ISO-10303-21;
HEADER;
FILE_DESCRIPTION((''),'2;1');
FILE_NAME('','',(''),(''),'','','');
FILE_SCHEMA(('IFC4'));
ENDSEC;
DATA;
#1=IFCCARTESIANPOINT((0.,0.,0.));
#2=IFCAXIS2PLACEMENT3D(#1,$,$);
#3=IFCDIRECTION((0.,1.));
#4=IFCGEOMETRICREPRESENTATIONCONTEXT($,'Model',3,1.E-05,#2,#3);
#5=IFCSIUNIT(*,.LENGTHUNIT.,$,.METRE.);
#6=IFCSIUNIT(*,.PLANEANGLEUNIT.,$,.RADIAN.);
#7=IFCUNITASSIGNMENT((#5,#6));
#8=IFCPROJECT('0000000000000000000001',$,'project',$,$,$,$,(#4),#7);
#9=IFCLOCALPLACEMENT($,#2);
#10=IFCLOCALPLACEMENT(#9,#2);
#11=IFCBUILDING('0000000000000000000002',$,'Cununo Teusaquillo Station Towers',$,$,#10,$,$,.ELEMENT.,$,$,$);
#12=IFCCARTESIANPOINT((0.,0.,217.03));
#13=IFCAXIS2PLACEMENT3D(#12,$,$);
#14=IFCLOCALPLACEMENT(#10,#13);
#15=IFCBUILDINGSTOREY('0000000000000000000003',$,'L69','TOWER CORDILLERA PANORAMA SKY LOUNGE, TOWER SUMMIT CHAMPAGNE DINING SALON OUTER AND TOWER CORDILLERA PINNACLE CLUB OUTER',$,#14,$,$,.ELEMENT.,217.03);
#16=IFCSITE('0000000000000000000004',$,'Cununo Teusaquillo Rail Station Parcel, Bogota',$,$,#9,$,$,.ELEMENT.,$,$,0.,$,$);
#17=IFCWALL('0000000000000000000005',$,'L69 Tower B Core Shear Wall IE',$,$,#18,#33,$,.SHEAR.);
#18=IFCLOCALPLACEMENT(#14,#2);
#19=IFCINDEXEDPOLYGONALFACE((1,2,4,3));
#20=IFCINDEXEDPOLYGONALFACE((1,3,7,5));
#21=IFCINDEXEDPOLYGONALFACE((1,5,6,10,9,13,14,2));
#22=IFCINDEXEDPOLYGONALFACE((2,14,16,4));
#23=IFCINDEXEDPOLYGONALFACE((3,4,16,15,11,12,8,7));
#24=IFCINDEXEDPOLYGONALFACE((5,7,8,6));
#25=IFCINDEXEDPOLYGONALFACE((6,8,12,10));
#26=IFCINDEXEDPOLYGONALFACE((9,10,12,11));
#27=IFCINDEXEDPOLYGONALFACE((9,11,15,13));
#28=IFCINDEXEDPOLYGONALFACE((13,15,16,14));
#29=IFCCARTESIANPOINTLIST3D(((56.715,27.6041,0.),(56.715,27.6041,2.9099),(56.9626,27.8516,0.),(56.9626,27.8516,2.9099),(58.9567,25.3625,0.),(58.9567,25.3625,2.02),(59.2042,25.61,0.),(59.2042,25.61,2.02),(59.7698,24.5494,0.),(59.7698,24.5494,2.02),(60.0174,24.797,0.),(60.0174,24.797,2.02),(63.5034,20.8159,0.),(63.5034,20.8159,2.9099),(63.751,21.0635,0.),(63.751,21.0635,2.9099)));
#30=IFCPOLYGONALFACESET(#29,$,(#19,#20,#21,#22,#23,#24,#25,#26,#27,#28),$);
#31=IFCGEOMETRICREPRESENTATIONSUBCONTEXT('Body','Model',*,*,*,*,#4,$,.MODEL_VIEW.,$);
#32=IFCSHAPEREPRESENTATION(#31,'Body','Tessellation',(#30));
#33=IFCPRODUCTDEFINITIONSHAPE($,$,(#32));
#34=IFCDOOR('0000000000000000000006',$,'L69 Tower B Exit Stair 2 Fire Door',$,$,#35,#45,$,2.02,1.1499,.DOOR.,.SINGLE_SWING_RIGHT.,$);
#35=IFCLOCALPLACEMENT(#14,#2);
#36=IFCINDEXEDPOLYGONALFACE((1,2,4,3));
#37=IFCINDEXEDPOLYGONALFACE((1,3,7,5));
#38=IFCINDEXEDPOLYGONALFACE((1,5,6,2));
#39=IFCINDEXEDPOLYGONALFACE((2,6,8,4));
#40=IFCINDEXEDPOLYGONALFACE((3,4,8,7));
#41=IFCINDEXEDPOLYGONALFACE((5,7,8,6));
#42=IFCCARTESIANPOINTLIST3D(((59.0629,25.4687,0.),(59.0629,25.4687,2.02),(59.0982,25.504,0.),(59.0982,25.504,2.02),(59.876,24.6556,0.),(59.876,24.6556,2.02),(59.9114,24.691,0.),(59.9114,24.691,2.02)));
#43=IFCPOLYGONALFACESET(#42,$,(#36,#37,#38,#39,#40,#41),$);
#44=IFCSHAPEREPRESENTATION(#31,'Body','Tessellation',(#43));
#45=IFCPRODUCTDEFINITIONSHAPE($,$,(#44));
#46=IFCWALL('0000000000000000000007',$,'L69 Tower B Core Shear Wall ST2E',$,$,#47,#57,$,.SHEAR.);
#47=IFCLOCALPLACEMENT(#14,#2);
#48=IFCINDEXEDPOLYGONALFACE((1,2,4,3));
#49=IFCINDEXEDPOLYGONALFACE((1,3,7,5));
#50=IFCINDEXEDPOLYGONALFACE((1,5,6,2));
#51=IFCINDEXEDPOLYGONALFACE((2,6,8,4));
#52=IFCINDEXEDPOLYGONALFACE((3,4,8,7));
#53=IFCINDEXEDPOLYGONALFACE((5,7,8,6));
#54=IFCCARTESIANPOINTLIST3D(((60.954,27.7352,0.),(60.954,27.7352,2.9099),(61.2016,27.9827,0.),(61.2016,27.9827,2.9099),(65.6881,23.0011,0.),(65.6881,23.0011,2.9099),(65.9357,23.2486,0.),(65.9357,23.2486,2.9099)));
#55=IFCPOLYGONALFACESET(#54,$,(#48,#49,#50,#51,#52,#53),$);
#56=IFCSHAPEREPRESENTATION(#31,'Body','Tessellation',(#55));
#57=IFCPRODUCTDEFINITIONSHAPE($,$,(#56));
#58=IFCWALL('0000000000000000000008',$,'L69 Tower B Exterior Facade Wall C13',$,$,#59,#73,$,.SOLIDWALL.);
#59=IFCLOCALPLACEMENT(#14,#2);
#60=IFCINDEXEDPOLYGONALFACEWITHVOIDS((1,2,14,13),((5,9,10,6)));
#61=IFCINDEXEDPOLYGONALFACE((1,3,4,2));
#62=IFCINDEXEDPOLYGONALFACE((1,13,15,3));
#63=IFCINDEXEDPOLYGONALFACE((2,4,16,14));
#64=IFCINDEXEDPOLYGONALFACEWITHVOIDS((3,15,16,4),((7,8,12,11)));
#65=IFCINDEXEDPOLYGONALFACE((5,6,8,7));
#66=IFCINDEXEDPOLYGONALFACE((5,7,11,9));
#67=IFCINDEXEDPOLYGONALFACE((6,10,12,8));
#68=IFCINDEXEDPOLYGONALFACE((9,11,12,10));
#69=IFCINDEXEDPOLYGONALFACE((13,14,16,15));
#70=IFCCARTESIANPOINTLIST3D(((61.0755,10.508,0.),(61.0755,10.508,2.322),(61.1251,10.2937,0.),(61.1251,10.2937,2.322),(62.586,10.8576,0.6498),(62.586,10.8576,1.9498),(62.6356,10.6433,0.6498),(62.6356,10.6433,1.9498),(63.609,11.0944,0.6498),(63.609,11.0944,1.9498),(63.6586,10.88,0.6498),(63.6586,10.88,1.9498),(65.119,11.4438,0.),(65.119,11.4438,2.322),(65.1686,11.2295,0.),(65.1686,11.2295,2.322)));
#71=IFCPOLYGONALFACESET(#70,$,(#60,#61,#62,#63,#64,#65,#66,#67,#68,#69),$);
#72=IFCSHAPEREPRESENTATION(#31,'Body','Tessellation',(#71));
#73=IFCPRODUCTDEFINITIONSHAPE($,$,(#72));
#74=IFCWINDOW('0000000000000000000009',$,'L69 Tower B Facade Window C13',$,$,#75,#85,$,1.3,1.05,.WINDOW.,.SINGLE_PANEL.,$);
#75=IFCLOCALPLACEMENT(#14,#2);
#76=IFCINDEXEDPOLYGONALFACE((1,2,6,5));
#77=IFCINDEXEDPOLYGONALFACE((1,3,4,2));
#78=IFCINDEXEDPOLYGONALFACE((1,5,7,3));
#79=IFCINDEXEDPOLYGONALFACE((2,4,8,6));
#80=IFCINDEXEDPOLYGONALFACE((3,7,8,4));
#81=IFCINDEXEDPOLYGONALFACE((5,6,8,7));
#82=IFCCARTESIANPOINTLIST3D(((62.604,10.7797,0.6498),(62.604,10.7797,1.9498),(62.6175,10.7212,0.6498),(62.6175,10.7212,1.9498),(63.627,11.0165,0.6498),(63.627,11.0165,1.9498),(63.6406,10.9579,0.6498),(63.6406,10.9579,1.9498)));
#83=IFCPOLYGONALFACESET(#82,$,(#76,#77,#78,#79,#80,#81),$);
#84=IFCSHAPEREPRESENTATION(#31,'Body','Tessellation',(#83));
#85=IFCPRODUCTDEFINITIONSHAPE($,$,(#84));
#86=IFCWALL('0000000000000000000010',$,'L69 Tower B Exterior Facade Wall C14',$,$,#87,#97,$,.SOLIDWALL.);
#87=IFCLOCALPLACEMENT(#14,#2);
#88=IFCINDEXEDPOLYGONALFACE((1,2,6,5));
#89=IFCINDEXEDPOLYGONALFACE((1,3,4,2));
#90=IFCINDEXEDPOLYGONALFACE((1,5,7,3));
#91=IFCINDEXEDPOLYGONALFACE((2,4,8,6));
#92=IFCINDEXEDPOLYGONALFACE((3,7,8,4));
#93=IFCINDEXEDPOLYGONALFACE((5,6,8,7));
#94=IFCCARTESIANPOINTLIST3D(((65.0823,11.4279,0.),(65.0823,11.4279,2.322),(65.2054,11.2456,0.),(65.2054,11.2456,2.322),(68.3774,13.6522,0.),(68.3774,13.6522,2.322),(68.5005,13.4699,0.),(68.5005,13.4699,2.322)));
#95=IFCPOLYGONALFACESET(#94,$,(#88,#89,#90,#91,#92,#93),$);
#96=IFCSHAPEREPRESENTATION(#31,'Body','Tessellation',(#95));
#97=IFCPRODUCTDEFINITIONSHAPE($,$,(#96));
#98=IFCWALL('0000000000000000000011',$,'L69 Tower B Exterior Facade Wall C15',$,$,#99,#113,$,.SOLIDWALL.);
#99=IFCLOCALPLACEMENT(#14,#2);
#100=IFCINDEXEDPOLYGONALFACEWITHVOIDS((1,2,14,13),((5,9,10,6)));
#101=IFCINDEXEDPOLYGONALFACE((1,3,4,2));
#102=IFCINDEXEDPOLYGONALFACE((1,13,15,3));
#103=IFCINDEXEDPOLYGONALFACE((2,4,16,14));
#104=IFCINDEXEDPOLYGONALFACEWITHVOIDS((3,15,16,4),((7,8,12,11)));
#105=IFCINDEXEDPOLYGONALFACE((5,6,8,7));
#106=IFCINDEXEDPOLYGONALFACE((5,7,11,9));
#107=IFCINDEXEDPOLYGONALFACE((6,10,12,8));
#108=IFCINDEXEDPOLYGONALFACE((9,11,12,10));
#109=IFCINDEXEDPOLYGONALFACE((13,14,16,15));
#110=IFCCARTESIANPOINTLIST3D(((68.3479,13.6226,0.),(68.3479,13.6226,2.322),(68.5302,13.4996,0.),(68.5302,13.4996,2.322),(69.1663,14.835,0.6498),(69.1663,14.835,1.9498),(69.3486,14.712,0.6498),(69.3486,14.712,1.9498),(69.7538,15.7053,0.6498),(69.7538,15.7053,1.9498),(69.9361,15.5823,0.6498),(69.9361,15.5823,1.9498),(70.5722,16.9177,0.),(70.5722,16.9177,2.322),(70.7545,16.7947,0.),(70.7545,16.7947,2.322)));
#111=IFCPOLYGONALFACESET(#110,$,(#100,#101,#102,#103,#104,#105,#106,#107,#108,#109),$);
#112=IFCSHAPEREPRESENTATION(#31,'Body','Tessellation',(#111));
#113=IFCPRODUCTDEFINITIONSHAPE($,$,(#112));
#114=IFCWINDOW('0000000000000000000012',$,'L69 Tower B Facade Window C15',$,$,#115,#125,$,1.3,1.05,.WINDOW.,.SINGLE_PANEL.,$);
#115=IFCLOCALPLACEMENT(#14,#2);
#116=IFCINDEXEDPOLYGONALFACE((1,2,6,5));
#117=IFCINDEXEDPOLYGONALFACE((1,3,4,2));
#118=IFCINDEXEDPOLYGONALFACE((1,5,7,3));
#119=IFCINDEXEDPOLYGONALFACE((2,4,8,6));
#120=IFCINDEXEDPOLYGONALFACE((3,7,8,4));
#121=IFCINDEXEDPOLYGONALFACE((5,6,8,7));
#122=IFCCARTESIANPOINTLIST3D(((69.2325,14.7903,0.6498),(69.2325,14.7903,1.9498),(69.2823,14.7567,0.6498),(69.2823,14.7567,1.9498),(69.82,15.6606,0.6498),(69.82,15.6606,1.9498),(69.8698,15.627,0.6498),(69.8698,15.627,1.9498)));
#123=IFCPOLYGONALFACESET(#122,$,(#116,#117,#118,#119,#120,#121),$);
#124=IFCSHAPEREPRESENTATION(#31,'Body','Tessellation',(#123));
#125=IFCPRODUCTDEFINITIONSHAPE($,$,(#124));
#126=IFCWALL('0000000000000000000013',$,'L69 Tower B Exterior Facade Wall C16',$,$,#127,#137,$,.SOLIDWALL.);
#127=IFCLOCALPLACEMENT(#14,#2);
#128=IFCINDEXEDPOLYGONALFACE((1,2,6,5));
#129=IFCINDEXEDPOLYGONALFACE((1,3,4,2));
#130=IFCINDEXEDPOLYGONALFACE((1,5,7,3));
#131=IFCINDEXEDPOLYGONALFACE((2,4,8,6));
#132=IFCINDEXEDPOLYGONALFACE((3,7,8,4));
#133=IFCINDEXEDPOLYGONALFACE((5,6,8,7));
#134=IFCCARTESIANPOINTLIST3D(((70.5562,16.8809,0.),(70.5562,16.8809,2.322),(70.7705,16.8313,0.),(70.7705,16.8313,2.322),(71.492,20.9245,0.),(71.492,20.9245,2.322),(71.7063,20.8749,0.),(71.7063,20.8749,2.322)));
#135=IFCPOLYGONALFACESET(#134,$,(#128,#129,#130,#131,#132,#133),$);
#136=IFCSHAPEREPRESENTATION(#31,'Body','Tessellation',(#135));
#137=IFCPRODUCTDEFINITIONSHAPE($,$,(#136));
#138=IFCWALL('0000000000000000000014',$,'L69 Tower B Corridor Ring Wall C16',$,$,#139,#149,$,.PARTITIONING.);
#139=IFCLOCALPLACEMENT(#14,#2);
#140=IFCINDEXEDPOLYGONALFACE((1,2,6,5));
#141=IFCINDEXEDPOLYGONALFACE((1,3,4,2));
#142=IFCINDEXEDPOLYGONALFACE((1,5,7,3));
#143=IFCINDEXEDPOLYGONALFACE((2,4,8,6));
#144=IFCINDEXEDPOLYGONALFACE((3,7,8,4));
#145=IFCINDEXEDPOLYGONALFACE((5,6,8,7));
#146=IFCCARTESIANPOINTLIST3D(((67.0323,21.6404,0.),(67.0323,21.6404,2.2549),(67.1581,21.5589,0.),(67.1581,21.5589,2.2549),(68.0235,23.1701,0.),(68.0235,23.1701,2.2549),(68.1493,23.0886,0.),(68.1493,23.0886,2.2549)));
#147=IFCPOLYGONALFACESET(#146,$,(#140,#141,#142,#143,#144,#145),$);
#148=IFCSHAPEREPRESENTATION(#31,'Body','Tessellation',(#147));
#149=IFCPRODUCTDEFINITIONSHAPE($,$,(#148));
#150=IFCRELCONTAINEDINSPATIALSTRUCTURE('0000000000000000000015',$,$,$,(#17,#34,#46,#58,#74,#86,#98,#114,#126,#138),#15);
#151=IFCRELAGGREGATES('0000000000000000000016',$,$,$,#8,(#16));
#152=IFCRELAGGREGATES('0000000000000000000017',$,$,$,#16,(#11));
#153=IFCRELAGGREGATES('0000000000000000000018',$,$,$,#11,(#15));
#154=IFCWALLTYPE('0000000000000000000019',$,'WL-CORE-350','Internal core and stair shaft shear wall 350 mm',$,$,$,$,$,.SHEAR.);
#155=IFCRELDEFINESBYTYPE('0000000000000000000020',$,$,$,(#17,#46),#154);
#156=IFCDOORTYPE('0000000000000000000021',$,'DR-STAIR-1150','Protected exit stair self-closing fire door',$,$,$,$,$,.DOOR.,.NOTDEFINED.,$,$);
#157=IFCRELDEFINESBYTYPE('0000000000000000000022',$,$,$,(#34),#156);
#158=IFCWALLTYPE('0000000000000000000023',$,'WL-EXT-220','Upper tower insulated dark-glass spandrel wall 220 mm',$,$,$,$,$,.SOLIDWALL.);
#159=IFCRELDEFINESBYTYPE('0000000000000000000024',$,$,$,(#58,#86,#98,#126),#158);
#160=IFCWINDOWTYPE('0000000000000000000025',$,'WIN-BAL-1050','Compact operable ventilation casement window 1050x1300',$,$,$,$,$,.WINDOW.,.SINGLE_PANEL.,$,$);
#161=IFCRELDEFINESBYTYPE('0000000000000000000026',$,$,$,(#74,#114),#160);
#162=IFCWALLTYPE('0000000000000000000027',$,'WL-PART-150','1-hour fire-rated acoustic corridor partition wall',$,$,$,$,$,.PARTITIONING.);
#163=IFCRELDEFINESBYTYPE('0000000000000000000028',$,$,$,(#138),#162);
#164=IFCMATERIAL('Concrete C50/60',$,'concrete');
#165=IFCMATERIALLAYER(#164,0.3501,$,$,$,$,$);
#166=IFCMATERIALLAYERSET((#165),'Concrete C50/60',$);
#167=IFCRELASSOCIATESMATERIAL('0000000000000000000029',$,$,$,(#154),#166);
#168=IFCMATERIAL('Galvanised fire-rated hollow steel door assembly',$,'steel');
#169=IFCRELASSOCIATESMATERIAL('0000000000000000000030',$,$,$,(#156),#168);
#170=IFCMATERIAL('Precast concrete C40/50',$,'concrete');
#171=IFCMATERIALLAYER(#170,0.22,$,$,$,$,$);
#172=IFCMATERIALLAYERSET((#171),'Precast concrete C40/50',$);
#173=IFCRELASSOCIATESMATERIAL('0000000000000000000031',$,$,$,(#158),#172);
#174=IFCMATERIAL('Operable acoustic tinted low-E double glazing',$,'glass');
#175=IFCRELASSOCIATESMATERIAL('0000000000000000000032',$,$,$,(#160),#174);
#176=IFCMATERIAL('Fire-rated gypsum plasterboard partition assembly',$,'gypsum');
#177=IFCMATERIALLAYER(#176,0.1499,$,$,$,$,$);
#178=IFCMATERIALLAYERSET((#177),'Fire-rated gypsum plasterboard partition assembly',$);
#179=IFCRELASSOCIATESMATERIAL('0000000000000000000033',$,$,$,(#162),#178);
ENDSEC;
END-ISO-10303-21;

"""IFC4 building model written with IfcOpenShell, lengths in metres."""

from ifc_helpers import new_model, si_unit, direction, frame, frame_2d, origin, place, context, subcontext, project, spatial, rectangle, extrude, source, transform, mapped, material, layer, layer_set, type_object, element, fill, save


model = new_model("IFC4")

# Units and contexts
model_context = context("Model", 3, precision=1e-05, world=origin(), true_north=direction((0.0, 1.0)))
body_context = subcontext(model_context, "Body", "Model", "MODEL_VIEW")
ifc_project = project(units=[si_unit("LENGTHUNIT", "METRE"), si_unit("PLANEANGLEUNIT", "RADIAN")], contexts=[model_context])

# Site, building, storey
site_placement = place(None, origin())
site = spatial("IfcSite", under=ifc_project, at=site_placement, Name="Cununo Teusaquillo Rail Station Parcel, Bogota", CompositionType="ELEMENT", RefElevation=0.0)
building_placement = place(site_placement, origin())
building = spatial("IfcBuilding", under=site, at=building_placement, Name="Cununo Teusaquillo Station Towers", CompositionType="ELEMENT")
storey_placement = place(building_placement, frame((0.0, 0.0, 217.03)))
storey = spatial("IfcBuildingStorey", under=building, at=storey_placement, Name="L69", Description="TOWER CORDILLERA PANORAMA SKY LOUNGE, TOWER SUMMIT CHAMPAGNE DINING SALON OUTER AND TOWER CORDILLERA PINNACLE CLUB OUTER", CompositionType="ELEMENT", Elevation=217.03)

# Wall, opening, door
ifc_material_1 = material(Name="Concrete C50/60", Category="concrete")
ifc_layer_1 = layer(ifc_material_1, 0.3501)
ifc_layer_set_1 = layer_set([ifc_layer_1], Name="Concrete C50/60")
wall_type_1 = type_object("IfcWallType", Name="WL-CORE-350", Description="Internal core and stair shaft shear wall 350 mm", PredefinedType="SHEAR", material=ifc_layer_set_1)
wall_1_placement = place(storey_placement, frame((63.6272, 20.9397, 0.0), z_axis=(0.0, 0.0, 1.0), x_axis=(-0.707119, 0.707094, 0.0)))
wall_1 = element("IfcWall", 1, at=wall_1_placement, inside=storey, type_object=wall_type_1, Name="L69 Tower B Core Shear Wall IE", PredefinedType="SHEAR", context=body_context, shape_type="SweptSolid", body=[
    extrude(rectangle(XDim=9.6001, YDim=0.3501, at=frame_2d((4.8, 0.0))), origin(), (0.0, 0.0, 1.0), 2.9099),
])
shared_shape_1 = source(origin(), body_context, "Body", "SweptSolid", [
    extrude(rectangle(XDim=1.1499, YDim=2.02, at=frame_2d((0.575, 1.01))), frame((0.0, 0.1851, 0.0), z_axis=(0.0, -1.0, 0.0), x_axis=(1.0, 0.0, 0.0)), (0.0, 0.0, 1.0), 0.3701),
])
opening_1_placement = place(wall_1_placement, frame((5.28, 0.0, 0.0)))
opening_1 = element("IfcOpeningElement", 2, at=opening_1_placement, cuts=wall_1, PredefinedType="OPENING", context=body_context, shape_type="MappedRepresentation", body=[
    mapped(shared_shape_1, transform((0.0, 0.0, 0.0), x_axis=(1.0, 0.0, 0.0), y_axis=(0.0, 1.0, 0.0), z_axis=(0.0, 0.0, 1.0), scale=1.0)),
])
ifc_material_2 = material(Name="Galvanised fire-rated hollow steel door assembly", Category="steel")
door_type_1 = type_object("IfcDoorType", Name="DR-STAIR-1150", Description="Protected exit stair self-closing fire door", OperationType="NOTDEFINED", PredefinedType="DOOR", material=ifc_material_2)
shared_shape_2 = source(origin(), body_context, "Body", "SweptSolid", [
    extrude(rectangle(XDim=1.1499, YDim=2.02, at=frame_2d((0.575, 1.01))), frame((0.0, 0.0249, 0.0), z_axis=(0.0, -1.0, 0.0), x_axis=(1.0, 0.0, 0.0)), (0.0, 0.0, 1.0), 0.05),
])
door_1_placement = place(opening_1_placement, origin())
door_1 = element("IfcDoor", 3, at=door_1_placement, inside=storey, type_object=door_type_1, Name="L69 Tower B Exit Stair 2 Fire Door", OperationType="SINGLE_SWING_RIGHT", OverallHeight=2.02, OverallWidth=1.1499, PredefinedType="DOOR", context=body_context, shape_type="MappedRepresentation", body=[
    mapped(shared_shape_2, transform((0.0, 0.0, 0.0), x_axis=(1.0, 0.0, 0.0), y_axis=(0.0, 1.0, 0.0), z_axis=(0.0, 0.0, 1.0), scale=1.0)),
])
fill(opening_1, door_1)

# Wall
wall_2_placement = place(storey_placement, frame((65.812, 23.1248, 0.0), z_axis=(0.0, 0.0, 1.0), x_axis=(-0.707107, 0.707107, 0.0)))
element("IfcWall", 4, at=wall_2_placement, inside=storey, type_object=wall_type_1, Name="L69 Tower B Core Shear Wall ST2E", PredefinedType="SHEAR", context=body_context, shape_type="SweptSolid", body=[
    extrude(rectangle(XDim=6.6951, YDim=0.3501, at=frame_2d((3.3477, 0.0))), origin(), (0.0, 0.0, 1.0), 2.9099),
])

# Wall, opening, window
ifc_material_3 = material(Name="Precast concrete C40/50", Category="concrete")
ifc_layer_2 = layer(ifc_material_3, 0.22)
ifc_layer_set_2 = layer_set([ifc_layer_2], Name="Precast concrete C40/50")
wall_type_2 = type_object("IfcWallType", Name="WL-EXT-220", Description="Upper tower insulated dark-glass spandrel wall 220 mm", PredefinedType="SOLIDWALL", material=ifc_layer_set_2)
wall_3_placement = place(storey_placement, frame((65.1438, 11.3367, 0.0), z_axis=(0.0, 0.0, 1.0), x_axis=(-0.974249, -0.225474, 0.0)))
wall_3 = element("IfcWall", 5, at=wall_3_placement, inside=storey, type_object=wall_type_2, Name="L69 Tower B Exterior Facade Wall C13", PredefinedType="SOLIDWALL", context=body_context, shape_type="SweptSolid", body=[
    extrude(rectangle(XDim=4.1504, YDim=0.22, at=frame_2d((2.0752, 0.0))), origin(), (0.0, 0.0, 1.0), 2.322),
])
shared_shape_3 = source(origin(), body_context, "Body", "SweptSolid", [
    extrude(rectangle(XDim=1.05, YDim=1.3, at=frame_2d((0.5249, 0.6499))), frame((0.0, 0.1199, 0.0), z_axis=(0.0, -1.0, 0.0), x_axis=(1.0, 0.0, 0.0)), (0.0, 0.0, 1.0), 0.24),
])
opening_2_placement = place(wall_3_placement, frame((1.55, 0.0, 0.6499)))
opening_2 = element("IfcOpeningElement", 6, at=opening_2_placement, cuts=wall_3, PredefinedType="OPENING", context=body_context, shape_type="MappedRepresentation", body=[
    mapped(shared_shape_3, transform((0.0, 0.0, 0.0), x_axis=(1.0, 0.0, 0.0), y_axis=(0.0, 1.0, 0.0), z_axis=(0.0, 0.0, 1.0), scale=1.0)),
])
ifc_material_4 = material(Name="Operable acoustic tinted low-E double glazing", Category="glass")
window_type = type_object("IfcWindowType", Name="WIN-BAL-1050", Description="Compact operable ventilation casement window 1050x1300", PartitioningType="SINGLE_PANEL", PredefinedType="WINDOW", material=ifc_material_4)
shared_shape_4 = source(origin(), body_context, "Body", "SweptSolid", [
    extrude(rectangle(XDim=1.05, YDim=1.3, at=frame_2d((0.5249, 0.6499))), frame((0.0, 0.03, 0.0), z_axis=(0.0, -1.0, 0.0), x_axis=(1.0, 0.0, 0.0)), (0.0, 0.0, 1.0), 0.0601),
])
window_1_placement = place(opening_2_placement, origin())
window_1 = element("IfcWindow", 7, at=window_1_placement, inside=storey, type_object=window_type, Name="L69 Tower B Facade Window C13", OverallHeight=1.3, OverallWidth=1.05, PartitioningType="SINGLE_PANEL", PredefinedType="WINDOW", context=body_context, shape_type="MappedRepresentation", body=[
    mapped(shared_shape_4, transform((0.0, 0.0, 0.0), x_axis=(1.0, 0.0, 0.0), y_axis=(0.0, 1.0, 0.0), z_axis=(0.0, 0.0, 1.0), scale=1.0)),
])
fill(opening_2, window_1)

# Wall
wall_4_placement = place(storey_placement, frame((68.439, 13.561, 0.0), z_axis=(0.0, 0.0, 1.0), x_axis=(-0.828834, -0.559495, 0.0)))
element("IfcWall", 8, at=wall_4_placement, inside=storey, type_object=wall_type_2, Name="L69 Tower B Exterior Facade Wall C14", PredefinedType="SOLIDWALL", context=body_context, shape_type="SweptSolid", body=[
    extrude(rectangle(XDim=3.9756, YDim=0.22, at=frame_2d((1.9878, 0.0))), origin(), (0.0, 0.0, 1.0), 2.322),
])

# Wall, opening, window
wall_5_placement = place(storey_placement, frame((70.6633, 16.8562, 0.0), z_axis=(0.0, 0.0, 1.0), x_axis=(-0.559495, -0.828834, 0.0)))
wall_5 = element("IfcWall", 9, at=wall_5_placement, inside=storey, type_object=wall_type_2, Name="L69 Tower B Exterior Facade Wall C15", PredefinedType="SOLIDWALL", context=body_context, shape_type="SweptSolid", body=[
    extrude(rectangle(XDim=3.9756, YDim=0.22, at=frame_2d((1.9878, 0.0))), origin(), (0.0, 0.0, 1.0), 2.322),
])
opening_3_placement = place(wall_5_placement, frame((1.4629, 0.0, 0.6499)))
opening_3 = element("IfcOpeningElement", 10, at=opening_3_placement, cuts=wall_5, PredefinedType="OPENING", context=body_context, shape_type="MappedRepresentation", body=[
    mapped(shared_shape_3, transform((0.0, 0.0, 0.0), x_axis=(1.0, 0.0, 0.0), y_axis=(0.0, 1.0, 0.0), z_axis=(0.0, 0.0, 1.0), scale=1.0)),
])
window_2_placement = place(opening_3_placement, origin())
window_2 = element("IfcWindow", 11, at=window_2_placement, inside=storey, type_object=window_type, Name="L69 Tower B Facade Window C15", OverallHeight=1.3, OverallWidth=1.05, PartitioningType="SINGLE_PANEL", PredefinedType="WINDOW", context=body_context, shape_type="MappedRepresentation", body=[
    mapped(shared_shape_4, transform((0.0, 0.0, 0.0), x_axis=(1.0, 0.0, 0.0), y_axis=(0.0, 1.0, 0.0), z_axis=(0.0, 0.0, 1.0), scale=1.0)),
])
fill(opening_3, window_2)

# Walls
wall_6_placement = place(storey_placement, frame((71.5991, 20.8997, 0.0), z_axis=(0.0, 0.0, 1.0), x_axis=(-0.225474, -0.974249, 0.0)))
element("IfcWall", 12, at=wall_6_placement, inside=storey, type_object=wall_type_2, Name="L69 Tower B Exterior Facade Wall C16", PredefinedType="SOLIDWALL", context=body_context, shape_type="SweptSolid", body=[
    extrude(rectangle(XDim=4.1504, YDim=0.22, at=frame_2d((2.0752, 0.0))), origin(), (0.0, 0.0, 1.0), 2.322),
])
ifc_material_5 = material(Name="Fire-rated gypsum plasterboard partition assembly", Category="gypsum")
ifc_layer_3 = layer(ifc_material_5, 0.1499)
ifc_layer_set_3 = layer_set([ifc_layer_3], Name="Fire-rated gypsum plasterboard partition assembly")
wall_type_3 = type_object("IfcWallType", Name="WL-PART-150", Description="1-hour fire-rated acoustic corridor partition wall", PredefinedType="PARTITIONING", material=ifc_layer_set_3)
wall_7_placement = place(storey_placement, frame((67.0952, 21.5996, 0.0), z_axis=(0.0, 0.0, 1.0), x_axis=(0.543773, 0.839232, 0.0)))
element("IfcWall", 13, at=wall_7_placement, inside=storey, type_object=wall_type_3, Name="L69 Tower B Corridor Ring Wall C16", PredefinedType="PARTITIONING", context=body_context, shape_type="SweptSolid", body=[
    extrude(rectangle(XDim=1.8228, YDim=0.1499, at=frame_2d((0.9114, 0.0))), origin(), (0.0, 0.0, 1.0), 2.2549),
])

save(model, "model.ifc")
